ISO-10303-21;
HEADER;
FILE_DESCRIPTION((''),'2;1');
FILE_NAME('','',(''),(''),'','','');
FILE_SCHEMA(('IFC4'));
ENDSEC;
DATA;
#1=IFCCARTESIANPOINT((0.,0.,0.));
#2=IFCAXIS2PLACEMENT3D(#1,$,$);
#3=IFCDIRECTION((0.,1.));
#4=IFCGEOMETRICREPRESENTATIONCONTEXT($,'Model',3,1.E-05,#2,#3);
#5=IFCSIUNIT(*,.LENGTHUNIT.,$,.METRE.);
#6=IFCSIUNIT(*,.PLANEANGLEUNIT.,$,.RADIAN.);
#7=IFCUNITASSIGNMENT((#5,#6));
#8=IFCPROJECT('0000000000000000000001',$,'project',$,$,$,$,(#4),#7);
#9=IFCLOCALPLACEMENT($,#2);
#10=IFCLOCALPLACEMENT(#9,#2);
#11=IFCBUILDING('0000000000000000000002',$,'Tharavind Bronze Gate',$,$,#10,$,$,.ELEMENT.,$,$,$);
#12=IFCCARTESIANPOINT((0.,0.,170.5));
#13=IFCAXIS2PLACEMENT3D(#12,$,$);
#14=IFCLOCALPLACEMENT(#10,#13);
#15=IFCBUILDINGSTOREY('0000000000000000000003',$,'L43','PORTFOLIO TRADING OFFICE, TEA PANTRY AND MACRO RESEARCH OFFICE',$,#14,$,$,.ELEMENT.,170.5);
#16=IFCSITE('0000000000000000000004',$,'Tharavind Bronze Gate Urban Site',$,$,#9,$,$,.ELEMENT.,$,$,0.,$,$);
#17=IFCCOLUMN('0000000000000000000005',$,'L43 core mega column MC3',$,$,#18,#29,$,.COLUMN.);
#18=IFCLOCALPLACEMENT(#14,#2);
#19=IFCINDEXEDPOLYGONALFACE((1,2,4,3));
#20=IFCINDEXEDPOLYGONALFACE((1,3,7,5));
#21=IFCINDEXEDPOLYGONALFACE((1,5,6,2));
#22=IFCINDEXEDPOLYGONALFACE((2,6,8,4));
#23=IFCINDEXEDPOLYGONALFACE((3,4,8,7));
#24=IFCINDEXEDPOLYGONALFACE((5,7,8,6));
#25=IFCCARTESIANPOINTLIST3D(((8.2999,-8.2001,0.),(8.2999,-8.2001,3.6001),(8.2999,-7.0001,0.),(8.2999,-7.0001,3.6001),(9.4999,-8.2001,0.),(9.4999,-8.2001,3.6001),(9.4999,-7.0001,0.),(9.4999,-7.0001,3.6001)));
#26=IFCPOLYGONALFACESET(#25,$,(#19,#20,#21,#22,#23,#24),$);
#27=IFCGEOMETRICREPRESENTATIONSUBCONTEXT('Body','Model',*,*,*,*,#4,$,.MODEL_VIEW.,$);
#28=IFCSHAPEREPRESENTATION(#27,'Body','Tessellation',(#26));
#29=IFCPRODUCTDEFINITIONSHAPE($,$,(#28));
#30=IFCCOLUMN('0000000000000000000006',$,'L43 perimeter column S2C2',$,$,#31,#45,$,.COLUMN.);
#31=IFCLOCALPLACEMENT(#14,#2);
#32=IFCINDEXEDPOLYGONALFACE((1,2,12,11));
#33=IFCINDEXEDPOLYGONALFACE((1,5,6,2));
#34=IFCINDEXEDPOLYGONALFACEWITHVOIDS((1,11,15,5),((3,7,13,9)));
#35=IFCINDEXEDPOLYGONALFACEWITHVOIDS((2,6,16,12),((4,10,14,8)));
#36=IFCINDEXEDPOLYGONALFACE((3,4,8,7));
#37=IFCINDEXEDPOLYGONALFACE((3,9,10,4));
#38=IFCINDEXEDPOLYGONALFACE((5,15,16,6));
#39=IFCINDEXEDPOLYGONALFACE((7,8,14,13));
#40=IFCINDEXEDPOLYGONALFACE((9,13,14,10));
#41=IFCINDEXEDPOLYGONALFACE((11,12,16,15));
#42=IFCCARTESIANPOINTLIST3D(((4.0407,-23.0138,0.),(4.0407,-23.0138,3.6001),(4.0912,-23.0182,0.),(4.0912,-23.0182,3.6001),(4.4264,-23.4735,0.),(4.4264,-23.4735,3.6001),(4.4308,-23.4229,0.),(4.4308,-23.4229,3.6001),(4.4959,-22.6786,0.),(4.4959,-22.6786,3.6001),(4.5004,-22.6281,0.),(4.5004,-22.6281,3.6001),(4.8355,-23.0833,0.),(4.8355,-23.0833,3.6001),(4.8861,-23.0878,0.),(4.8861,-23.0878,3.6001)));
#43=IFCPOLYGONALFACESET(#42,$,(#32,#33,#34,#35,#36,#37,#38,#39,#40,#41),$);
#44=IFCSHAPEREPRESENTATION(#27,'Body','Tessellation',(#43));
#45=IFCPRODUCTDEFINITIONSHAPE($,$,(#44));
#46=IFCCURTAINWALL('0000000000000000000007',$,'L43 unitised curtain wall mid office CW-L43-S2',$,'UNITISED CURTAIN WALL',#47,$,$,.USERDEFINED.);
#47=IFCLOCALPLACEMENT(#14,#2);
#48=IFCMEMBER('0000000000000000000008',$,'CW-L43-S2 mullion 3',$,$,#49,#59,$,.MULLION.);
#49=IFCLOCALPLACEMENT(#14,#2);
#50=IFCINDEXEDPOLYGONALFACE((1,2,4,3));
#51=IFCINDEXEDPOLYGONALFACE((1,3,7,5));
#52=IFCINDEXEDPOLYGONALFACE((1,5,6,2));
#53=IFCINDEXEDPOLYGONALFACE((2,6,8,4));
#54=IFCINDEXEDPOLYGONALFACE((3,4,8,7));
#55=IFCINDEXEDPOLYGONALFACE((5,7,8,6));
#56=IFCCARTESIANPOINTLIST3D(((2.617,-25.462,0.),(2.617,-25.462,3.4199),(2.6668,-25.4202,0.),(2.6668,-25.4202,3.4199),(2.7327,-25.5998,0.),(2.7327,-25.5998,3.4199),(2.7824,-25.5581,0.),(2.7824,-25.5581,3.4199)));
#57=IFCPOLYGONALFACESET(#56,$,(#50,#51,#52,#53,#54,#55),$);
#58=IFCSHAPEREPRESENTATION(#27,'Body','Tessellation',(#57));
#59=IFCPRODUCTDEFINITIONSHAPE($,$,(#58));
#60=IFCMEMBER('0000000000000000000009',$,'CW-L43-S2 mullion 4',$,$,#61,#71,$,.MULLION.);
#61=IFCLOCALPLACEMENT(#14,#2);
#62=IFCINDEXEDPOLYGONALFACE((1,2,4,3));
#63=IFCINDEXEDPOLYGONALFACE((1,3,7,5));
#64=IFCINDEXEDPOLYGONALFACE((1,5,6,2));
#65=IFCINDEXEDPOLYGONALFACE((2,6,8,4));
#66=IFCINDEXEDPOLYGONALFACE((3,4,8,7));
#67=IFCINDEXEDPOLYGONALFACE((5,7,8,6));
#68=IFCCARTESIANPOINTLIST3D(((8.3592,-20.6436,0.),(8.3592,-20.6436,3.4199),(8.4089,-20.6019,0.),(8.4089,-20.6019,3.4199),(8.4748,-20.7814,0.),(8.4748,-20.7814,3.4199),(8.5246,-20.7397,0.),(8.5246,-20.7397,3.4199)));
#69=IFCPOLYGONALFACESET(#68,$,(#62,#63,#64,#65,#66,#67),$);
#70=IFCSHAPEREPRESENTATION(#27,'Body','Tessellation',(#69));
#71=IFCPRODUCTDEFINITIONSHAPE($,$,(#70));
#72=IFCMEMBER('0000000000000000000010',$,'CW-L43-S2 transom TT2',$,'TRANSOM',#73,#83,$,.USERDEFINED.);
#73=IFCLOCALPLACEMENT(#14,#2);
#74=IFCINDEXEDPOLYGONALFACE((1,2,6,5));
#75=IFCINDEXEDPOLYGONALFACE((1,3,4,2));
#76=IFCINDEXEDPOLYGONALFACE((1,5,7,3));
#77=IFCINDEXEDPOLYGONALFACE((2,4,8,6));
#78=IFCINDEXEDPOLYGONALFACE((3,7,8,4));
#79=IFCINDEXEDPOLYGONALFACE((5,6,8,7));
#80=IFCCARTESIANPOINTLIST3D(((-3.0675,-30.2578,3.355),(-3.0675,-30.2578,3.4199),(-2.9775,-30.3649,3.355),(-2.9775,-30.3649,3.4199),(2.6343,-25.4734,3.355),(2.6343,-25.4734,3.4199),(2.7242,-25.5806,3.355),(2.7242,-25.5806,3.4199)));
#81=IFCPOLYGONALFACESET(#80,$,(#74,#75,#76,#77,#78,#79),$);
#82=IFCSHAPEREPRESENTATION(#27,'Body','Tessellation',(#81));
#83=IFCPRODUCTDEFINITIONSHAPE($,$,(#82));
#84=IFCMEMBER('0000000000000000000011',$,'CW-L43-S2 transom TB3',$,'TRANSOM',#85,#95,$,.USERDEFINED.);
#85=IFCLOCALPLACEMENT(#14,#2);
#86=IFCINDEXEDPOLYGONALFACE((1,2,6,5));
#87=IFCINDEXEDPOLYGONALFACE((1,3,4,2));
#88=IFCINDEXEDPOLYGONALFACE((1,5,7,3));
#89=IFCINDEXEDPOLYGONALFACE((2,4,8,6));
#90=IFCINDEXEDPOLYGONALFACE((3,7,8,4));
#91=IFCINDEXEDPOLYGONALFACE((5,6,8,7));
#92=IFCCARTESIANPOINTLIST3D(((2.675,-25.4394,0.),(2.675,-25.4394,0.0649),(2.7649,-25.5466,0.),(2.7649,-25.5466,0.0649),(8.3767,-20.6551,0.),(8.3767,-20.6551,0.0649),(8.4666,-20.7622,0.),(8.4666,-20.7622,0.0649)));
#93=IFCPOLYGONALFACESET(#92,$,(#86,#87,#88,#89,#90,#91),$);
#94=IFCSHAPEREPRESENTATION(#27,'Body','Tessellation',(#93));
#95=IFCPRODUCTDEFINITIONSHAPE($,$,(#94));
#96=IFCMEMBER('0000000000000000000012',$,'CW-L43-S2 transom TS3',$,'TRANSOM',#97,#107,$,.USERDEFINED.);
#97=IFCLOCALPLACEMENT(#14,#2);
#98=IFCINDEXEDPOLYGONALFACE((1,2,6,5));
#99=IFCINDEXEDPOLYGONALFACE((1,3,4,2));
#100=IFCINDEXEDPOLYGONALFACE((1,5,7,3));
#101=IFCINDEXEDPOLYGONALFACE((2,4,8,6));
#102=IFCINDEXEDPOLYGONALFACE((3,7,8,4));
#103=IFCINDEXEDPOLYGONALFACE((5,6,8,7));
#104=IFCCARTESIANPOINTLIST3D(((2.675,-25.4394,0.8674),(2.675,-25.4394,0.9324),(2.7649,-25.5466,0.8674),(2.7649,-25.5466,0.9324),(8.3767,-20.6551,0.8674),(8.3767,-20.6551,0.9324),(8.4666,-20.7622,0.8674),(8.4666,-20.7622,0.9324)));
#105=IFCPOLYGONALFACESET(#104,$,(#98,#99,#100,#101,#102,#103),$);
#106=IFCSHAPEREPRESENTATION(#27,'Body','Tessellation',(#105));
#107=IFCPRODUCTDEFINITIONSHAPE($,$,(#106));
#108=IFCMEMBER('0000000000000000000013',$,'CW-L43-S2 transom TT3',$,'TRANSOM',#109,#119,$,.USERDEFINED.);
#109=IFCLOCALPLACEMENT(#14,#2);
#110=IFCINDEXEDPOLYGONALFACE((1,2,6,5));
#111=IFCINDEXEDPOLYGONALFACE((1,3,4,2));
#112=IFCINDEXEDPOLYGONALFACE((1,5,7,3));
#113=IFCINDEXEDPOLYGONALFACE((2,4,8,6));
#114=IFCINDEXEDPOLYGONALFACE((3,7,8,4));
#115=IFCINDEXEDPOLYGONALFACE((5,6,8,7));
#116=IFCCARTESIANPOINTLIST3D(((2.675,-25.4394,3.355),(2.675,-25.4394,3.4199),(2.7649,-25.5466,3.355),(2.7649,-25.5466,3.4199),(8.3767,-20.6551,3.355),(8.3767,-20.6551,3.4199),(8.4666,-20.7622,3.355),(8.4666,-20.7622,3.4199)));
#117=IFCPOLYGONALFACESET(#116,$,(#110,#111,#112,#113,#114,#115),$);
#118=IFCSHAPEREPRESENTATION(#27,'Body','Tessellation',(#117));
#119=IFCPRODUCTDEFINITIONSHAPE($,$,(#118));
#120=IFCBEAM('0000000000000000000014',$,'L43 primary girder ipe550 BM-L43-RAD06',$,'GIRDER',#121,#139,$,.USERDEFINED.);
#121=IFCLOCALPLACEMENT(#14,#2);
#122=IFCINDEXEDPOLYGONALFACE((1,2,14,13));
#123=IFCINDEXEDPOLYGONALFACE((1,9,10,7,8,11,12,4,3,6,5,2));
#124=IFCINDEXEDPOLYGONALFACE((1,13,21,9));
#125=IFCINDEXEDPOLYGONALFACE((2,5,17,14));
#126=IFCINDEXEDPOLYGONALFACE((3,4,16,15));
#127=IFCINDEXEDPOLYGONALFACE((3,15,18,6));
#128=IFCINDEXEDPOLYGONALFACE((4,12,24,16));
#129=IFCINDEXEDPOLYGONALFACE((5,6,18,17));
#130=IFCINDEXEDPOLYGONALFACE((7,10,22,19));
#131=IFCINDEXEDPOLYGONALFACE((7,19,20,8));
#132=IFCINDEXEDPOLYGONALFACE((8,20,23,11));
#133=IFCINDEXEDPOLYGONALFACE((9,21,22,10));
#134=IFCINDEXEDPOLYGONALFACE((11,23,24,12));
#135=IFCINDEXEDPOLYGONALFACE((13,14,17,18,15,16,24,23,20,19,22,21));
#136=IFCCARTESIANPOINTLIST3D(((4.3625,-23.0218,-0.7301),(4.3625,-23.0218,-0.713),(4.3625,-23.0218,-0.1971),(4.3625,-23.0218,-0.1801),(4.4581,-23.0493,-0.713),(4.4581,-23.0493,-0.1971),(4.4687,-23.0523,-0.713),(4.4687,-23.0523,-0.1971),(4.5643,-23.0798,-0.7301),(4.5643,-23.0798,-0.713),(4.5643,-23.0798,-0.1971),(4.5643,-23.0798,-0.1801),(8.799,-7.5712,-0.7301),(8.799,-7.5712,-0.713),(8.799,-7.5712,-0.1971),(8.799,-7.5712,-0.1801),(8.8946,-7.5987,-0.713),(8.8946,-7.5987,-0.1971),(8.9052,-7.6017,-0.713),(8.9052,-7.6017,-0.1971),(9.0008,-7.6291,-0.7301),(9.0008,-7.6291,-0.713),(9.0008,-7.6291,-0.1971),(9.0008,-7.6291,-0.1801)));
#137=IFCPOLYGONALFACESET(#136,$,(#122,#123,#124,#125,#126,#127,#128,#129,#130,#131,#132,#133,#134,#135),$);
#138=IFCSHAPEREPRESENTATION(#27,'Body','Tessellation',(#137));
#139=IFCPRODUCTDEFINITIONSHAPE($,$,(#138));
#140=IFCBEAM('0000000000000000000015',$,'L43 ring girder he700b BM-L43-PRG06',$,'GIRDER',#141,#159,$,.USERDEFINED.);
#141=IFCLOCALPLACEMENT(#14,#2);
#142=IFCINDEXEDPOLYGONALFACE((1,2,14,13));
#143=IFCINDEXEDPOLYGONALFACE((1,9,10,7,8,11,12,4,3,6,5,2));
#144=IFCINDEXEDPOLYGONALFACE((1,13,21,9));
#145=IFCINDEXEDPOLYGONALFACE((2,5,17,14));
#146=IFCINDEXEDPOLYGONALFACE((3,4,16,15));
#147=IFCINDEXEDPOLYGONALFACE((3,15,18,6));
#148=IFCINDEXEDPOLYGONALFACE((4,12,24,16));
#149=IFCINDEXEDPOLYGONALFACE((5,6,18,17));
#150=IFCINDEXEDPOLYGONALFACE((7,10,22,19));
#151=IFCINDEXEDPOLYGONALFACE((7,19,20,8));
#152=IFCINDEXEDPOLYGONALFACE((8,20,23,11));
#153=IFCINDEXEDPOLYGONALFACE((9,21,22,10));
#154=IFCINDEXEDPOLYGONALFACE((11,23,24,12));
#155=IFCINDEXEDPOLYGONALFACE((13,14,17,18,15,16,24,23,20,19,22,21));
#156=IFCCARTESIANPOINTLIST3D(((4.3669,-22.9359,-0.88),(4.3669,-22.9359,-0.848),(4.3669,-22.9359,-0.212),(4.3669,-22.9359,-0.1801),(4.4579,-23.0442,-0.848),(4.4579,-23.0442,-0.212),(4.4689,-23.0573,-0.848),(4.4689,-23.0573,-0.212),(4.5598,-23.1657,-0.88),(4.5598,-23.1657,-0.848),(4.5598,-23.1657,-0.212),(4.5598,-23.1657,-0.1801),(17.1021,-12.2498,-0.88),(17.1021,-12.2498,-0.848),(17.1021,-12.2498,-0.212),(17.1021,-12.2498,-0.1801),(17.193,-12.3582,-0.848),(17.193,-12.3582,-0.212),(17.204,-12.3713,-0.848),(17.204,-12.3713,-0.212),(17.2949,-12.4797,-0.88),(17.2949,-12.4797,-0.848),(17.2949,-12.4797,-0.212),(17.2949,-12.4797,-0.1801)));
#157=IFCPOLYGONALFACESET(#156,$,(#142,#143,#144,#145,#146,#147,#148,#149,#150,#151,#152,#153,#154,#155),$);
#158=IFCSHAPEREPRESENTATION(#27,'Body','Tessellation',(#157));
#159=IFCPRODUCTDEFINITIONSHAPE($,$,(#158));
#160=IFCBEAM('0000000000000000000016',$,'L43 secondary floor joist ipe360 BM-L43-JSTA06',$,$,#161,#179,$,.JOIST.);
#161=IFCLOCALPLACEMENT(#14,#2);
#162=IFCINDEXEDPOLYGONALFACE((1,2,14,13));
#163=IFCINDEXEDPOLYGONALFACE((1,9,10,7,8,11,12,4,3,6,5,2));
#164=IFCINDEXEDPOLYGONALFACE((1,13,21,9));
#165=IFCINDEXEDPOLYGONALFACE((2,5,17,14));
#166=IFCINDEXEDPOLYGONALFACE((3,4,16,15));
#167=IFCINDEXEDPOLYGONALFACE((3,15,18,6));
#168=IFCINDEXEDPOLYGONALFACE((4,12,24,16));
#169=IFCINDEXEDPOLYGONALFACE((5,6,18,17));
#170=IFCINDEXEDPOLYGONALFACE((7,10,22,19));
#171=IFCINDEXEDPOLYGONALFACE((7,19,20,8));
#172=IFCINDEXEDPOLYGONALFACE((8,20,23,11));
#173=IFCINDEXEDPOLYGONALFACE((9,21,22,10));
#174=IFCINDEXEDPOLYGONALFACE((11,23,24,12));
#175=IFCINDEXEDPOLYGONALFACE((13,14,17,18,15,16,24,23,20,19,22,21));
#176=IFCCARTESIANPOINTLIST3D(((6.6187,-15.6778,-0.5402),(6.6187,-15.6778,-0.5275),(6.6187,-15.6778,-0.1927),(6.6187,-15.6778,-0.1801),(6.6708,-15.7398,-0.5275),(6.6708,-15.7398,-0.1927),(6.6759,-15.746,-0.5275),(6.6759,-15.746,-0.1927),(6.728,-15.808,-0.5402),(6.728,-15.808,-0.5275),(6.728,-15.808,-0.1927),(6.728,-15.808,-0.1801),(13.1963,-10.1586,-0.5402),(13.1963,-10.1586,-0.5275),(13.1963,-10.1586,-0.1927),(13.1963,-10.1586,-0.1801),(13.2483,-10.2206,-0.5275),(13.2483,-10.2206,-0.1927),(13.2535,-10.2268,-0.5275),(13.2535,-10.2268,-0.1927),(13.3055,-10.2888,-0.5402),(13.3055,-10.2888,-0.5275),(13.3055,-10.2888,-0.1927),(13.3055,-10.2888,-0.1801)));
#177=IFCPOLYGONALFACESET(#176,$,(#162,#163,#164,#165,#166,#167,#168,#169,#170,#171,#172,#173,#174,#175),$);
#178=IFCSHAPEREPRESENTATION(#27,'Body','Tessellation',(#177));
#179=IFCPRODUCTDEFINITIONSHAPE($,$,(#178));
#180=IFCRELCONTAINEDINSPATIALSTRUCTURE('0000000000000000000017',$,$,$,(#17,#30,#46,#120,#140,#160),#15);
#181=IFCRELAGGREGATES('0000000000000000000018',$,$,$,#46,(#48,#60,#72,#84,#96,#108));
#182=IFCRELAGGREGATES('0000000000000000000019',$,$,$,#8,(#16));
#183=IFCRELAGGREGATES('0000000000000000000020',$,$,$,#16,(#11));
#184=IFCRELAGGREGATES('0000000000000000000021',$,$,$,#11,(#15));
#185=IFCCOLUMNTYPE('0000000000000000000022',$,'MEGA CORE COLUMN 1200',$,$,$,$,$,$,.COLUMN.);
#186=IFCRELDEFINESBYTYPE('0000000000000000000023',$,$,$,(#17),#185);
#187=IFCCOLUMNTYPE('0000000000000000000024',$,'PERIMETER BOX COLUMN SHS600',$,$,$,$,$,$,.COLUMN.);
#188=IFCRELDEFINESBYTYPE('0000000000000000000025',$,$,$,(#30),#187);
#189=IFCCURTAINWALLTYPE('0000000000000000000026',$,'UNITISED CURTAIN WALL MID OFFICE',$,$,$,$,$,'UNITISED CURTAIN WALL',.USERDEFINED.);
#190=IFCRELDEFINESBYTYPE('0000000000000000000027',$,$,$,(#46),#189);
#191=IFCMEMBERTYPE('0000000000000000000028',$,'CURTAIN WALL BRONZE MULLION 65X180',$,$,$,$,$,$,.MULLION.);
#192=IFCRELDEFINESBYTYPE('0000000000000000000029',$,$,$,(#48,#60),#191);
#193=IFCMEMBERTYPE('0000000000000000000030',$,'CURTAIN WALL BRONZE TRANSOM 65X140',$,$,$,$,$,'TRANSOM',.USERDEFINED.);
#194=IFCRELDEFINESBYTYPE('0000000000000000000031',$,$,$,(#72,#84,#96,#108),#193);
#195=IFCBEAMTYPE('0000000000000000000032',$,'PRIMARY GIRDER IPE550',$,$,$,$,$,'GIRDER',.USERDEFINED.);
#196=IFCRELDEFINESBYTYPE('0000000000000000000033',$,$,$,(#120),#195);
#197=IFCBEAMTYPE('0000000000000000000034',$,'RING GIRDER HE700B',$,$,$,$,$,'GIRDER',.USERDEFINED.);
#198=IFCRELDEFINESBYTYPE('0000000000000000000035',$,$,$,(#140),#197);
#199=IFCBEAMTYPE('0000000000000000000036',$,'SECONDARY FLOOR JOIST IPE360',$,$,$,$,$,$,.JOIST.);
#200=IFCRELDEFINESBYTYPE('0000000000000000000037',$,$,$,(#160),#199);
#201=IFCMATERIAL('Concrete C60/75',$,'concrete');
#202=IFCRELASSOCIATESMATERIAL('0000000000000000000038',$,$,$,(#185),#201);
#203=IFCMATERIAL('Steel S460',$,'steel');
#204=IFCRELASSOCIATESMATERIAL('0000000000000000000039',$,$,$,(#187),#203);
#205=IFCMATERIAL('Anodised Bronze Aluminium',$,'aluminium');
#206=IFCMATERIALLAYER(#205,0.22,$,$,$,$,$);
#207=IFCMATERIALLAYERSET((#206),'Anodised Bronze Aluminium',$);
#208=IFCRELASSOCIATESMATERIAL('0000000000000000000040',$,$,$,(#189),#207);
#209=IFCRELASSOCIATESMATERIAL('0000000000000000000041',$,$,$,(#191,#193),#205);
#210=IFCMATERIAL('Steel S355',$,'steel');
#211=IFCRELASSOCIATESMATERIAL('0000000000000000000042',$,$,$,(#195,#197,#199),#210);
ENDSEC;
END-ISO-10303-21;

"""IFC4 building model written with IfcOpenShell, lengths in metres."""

from ifc_helpers import new_model, si_unit, direction, frame, origin, origin_2d, place, context, subcontext, project, spatial, rectangle, hollow_rectangle, i_section, extrude, material, layer, layer_set, material_profile, profile_set, type_object, element, aggregate, save


model = new_model("IFC4")

# Units and contexts
model_context = context("Model", 3, precision=1e-05, world=origin(), true_north=direction((0.0, 1.0)))
body_context = subcontext(model_context, "Body", "Model", "MODEL_VIEW")
ifc_project = project(units=[si_unit("LENGTHUNIT", "METRE"), si_unit("PLANEANGLEUNIT", "RADIAN")], contexts=[model_context])

# Site, building, storey
site_placement = place(None, origin())
site = spatial("IfcSite", under=ifc_project, at=site_placement, Name="Tharavind Bronze Gate Urban Site", CompositionType="ELEMENT", RefElevation=0.0)
building_placement = place(site_placement, origin())
building = spatial("IfcBuilding", under=site, at=building_placement, Name="Tharavind Bronze Gate", CompositionType="ELEMENT")
storey_placement = place(building_placement, frame((0.0, 0.0, 170.5)))
storey = spatial("IfcBuildingStorey", under=building, at=storey_placement, Name="L43", Description="PORTFOLIO TRADING OFFICE, TEA PANTRY AND MACRO RESEARCH OFFICE", CompositionType="ELEMENT", Elevation=170.5)

# Columns
ifc_material_1 = material(Name="Concrete C60/75", Category="concrete")
ifc_material_profile_1 = material_profile(ifc_material_1, rectangle(XDim=1.2, YDim=1.2, at=origin_2d()), Name="RCCOL1200")
ifc_profile_set_1 = profile_set([ifc_material_profile_1], Name="Concrete C60/75")
column_type_1 = type_object("IfcColumnType", Name="MEGA CORE COLUMN 1200", PredefinedType="COLUMN", material=ifc_profile_set_1)
column_1_placement = place(storey_placement, frame((8.8999, -7.6001, 0.0), z_axis=(0.0, 0.0, 1.0), x_axis=(1.0, 0.0, 0.0)))
element("IfcColumn", 1, at=column_1_placement, inside=storey, type_object=column_type_1, Name="L43 core mega column MC3", PredefinedType="COLUMN", context=body_context, shape_type="SweptSolid", body=[
    extrude(rectangle(XDim=1.2, YDim=1.2, at=origin_2d()), origin(), (0.0, 0.0, 1.0), 3.6001),
])
ifc_material_2 = material(Name="Steel S460", Category="steel")
ifc_material_profile_2 = material_profile(ifc_material_2, hollow_rectangle(XDim=0.6001, YDim=0.6001, WallThickness=0.0359, at=origin_2d()), Name="SHS600X36")
ifc_profile_set_2 = profile_set([ifc_material_profile_2], Name="Steel S460")
column_type_2 = type_object("IfcColumnType", Name="PERIMETER BOX COLUMN SHS600", PredefinedType="COLUMN", material=ifc_profile_set_2)
column_2_placement = place(storey_placement, frame((4.4634, -23.0508, 0.0), z_axis=(0.0, 0.0, 1.0), x_axis=(0.766043, 0.642789, 0.0)))
element("IfcColumn", 2, at=column_2_placement, inside=storey, type_object=column_type_2, Name="L43 perimeter column S2C2", PredefinedType="COLUMN", context=body_context, shape_type="SweptSolid", body=[
    extrude(hollow_rectangle(XDim=0.6001, YDim=0.6001, WallThickness=0.0359, at=origin_2d()), origin(), (0.0, 0.0, 1.0), 3.6001),
])

# Curtain wall, members
ifc_material_3 = material(Name="Anodised Bronze Aluminium", Category="aluminium")
ifc_layer_1 = layer(ifc_material_3, 0.22)
ifc_layer_set_1 = layer_set([ifc_layer_1], Name="Anodised Bronze Aluminium")
curtain_wall_type = type_object("IfcCurtainWallType", Name="UNITISED CURTAIN WALL MID OFFICE", ElementType="UNITISED CURTAIN WALL", PredefinedType="USERDEFINED", material=ifc_layer_set_1)
curtain_wall_placement = place(storey_placement, origin())
curtain_wall = element("IfcCurtainWall", 3, at=curtain_wall_placement, inside=storey, type_object=curtain_wall_type, Name="L43 unitised curtain wall mid office CW-L43-S2", ObjectType="UNITISED CURTAIN WALL", PredefinedType="USERDEFINED")
member_type_1 = type_object("IfcMemberType", Name="CURTAIN WALL BRONZE MULLION 65X180", PredefinedType="MULLION", material=ifc_material_3)
member_1_placement = place(storey_placement, frame((2.6997, -25.51, 0.0), z_axis=(0.0, 0.0, 1.0), x_axis=(0.766043, 0.642789, 0.0)))
member_1 = element("IfcMember", 4, at=member_1_placement, type_object=member_type_1, Name="CW-L43-S2 mullion 3", PredefinedType="MULLION", context=body_context, shape_type="SweptSolid", body=[
    extrude(rectangle(XDim=0.0649, YDim=0.1799, at=origin_2d()), origin(), (0.0, 0.0, 1.0), 3.4199),
])
member_2_placement = place(storey_placement, frame((8.4419, -20.6917, 0.0), z_axis=(0.0, 0.0, 1.0), x_axis=(0.766043, 0.642789, 0.0)))
member_2 = element("IfcMember", 5, at=member_2_placement, type_object=member_type_1, Name="CW-L43-S2 mullion 4", PredefinedType="MULLION", context=body_context, shape_type="SweptSolid", body=[
    extrude(rectangle(XDim=0.0649, YDim=0.1799, at=origin_2d()), origin(), (0.0, 0.0, 1.0), 3.4199),
])
member_type_2 = type_object("IfcMemberType", Name="CURTAIN WALL BRONZE TRANSOM 65X140", ElementType="TRANSOM", PredefinedType="USERDEFINED", material=ifc_material_3)
member_3_placement = place(storey_placement, frame((-0.1716, -27.9192, 3.355), z_axis=(0.0, 0.0, 1.0), x_axis=(0.766043, 0.642789, 0.0)))
member_3 = element("IfcMember", 6, at=member_3_placement, type_object=member_type_2, Name="CW-L43-S2 transom TT2", ObjectType="TRANSOM", PredefinedType="USERDEFINED", context=body_context, shape_type="SweptSolid", body=[
    extrude(rectangle(XDim=7.4431, YDim=0.1399, at=origin_2d()), origin(), (0.0, 0.0, 1.0), 0.0649),
])
member_4_placement = place(storey_placement, frame((5.5708, -23.1008, 0.0), z_axis=(0.0, 0.0, 1.0), x_axis=(0.766043, 0.642789, 0.0)))
member_4 = element("IfcMember", 7, at=member_4_placement, type_object=member_type_2, Name="CW-L43-S2 transom TB3", ObjectType="TRANSOM", PredefinedType="USERDEFINED", context=body_context, shape_type="SweptSolid", body=[
    extrude(rectangle(XDim=7.4431, YDim=0.1399, at=origin_2d()), origin(), (0.0, 0.0, 1.0), 0.0649),
])
member_5_placement = place(storey_placement, frame((5.5708, -23.1008, 0.8674), z_axis=(0.0, 0.0, 1.0), x_axis=(0.766043, 0.642789, 0.0)))
member_5 = element("IfcMember", 8, at=member_5_placement, type_object=member_type_2, Name="CW-L43-S2 transom TS3", ObjectType="TRANSOM", PredefinedType="USERDEFINED", context=body_context, shape_type="SweptSolid", body=[
    extrude(rectangle(XDim=7.4431, YDim=0.1399, at=origin_2d()), origin(), (0.0, 0.0, 1.0), 0.0649),
])
member_6_placement = place(storey_placement, frame((5.5708, -23.1008, 3.355), z_axis=(0.0, 0.0, 1.0), x_axis=(0.766043, 0.642789, 0.0)))
member_6 = element("IfcMember", 9, at=member_6_placement, type_object=member_type_2, Name="CW-L43-S2 transom TT3", ObjectType="TRANSOM", PredefinedType="USERDEFINED", context=body_context, shape_type="SweptSolid", body=[
    extrude(rectangle(XDim=7.4431, YDim=0.1399, at=origin_2d()), origin(), (0.0, 0.0, 1.0), 0.0649),
])

# Beams
ifc_material_4 = material(Name="Steel S355", Category="steel")
ifc_material_profile_3 = material_profile(ifc_material_4, i_section(OverallWidth=0.21, OverallDepth=0.55, WebThickness=0.011, FlangeThickness=0.0171, at=origin_2d()), Name="IPE550")
ifc_profile_set_3 = profile_set([ifc_material_profile_3], Name="Steel S355")
beam_type_1 = type_object("IfcBeamType", Name="PRIMARY GIRDER IPE550", ElementType="GIRDER", PredefinedType="USERDEFINED", material=ifc_profile_set_3)
beam_1_placement = place(storey_placement, frame((4.4634, -23.0508, -0.4551), z_axis=(0.275989, 0.961161, 0.0), x_axis=(-0.961161, 0.275989, 0.0)))
element("IfcBeam", 10, at=beam_1_placement, inside=storey, type_object=beam_type_1, Name="L43 primary girder ipe550 BM-L43-RAD06", ObjectType="GIRDER", PredefinedType="USERDEFINED", context=body_context, shape_type="SweptSolid", body=[
    extrude(i_section(OverallWidth=0.21, OverallDepth=0.55, WebThickness=0.011, FlangeThickness=0.0171, at=origin_2d()), origin(), (0.0, 0.0, 1.0), 16.075),
])
ifc_material_profile_4 = material_profile(ifc_material_4, i_section(OverallWidth=0.3, OverallDepth=0.7, WebThickness=0.0171, FlangeThickness=0.032, at=origin_2d()), Name="HE700B")
ifc_profile_set_4 = profile_set([ifc_material_profile_4], Name="Steel S355")
beam_type_2 = type_object("IfcBeamType", Name="RING GIRDER HE700B", ElementType="GIRDER", PredefinedType="USERDEFINED", material=ifc_profile_set_4)
beam_2_placement = place(storey_placement, frame((4.4634, -23.0508, -0.53), z_axis=(0.766044, 0.642788, 0.0), x_axis=(-0.642788, 0.766044, 0.0)))
element("IfcBeam", 11, at=beam_2_placement, inside=storey, type_object=beam_type_2, Name="L43 ring girder he700b BM-L43-PRG06", ObjectType="GIRDER", PredefinedType="USERDEFINED", context=body_context, shape_type="SweptSolid", body=[
    extrude(i_section(OverallWidth=0.3, OverallDepth=0.7, WebThickness=0.0171, FlangeThickness=0.032, at=origin_2d()), origin(), (0.0, 0.0, 1.0), 16.6245),
])
ifc_material_profile_5 = material_profile(ifc_material_4, i_section(OverallWidth=0.1699, OverallDepth=0.3601, WebThickness=0.0081, FlangeThickness=0.0127, at=origin_2d()), Name="IPE360")
ifc_profile_set_5 = profile_set([ifc_material_profile_5], Name="Steel S355")
beam_type_3 = type_object("IfcBeamType", Name="SECONDARY FLOOR JOIST IPE360", PredefinedType="JOIST", material=ifc_profile_set_5)
beam_3_placement = place(storey_placement, frame((6.6733, -15.7429, -0.3601), z_axis=(0.766045, 0.642787, 0.0), x_axis=(-0.642787, 0.766045, 0.0)))
element("IfcBeam", 12, at=beam_3_placement, inside=storey, type_object=beam_type_3, Name="L43 secondary floor joist ipe360 BM-L43-JSTA06", PredefinedType="JOIST", context=body_context, shape_type="SweptSolid", body=[
    extrude(i_section(OverallWidth=0.1699, OverallDepth=0.3601, WebThickness=0.0081, FlangeThickness=0.0127, at=origin_2d()), origin(), (0.0, 0.0, 1.0), 8.5864),
])

aggregate(curtain_wall, [member_1, member_2, member_3, member_4, member_5, member_6])

save(model, "model.ifc")
